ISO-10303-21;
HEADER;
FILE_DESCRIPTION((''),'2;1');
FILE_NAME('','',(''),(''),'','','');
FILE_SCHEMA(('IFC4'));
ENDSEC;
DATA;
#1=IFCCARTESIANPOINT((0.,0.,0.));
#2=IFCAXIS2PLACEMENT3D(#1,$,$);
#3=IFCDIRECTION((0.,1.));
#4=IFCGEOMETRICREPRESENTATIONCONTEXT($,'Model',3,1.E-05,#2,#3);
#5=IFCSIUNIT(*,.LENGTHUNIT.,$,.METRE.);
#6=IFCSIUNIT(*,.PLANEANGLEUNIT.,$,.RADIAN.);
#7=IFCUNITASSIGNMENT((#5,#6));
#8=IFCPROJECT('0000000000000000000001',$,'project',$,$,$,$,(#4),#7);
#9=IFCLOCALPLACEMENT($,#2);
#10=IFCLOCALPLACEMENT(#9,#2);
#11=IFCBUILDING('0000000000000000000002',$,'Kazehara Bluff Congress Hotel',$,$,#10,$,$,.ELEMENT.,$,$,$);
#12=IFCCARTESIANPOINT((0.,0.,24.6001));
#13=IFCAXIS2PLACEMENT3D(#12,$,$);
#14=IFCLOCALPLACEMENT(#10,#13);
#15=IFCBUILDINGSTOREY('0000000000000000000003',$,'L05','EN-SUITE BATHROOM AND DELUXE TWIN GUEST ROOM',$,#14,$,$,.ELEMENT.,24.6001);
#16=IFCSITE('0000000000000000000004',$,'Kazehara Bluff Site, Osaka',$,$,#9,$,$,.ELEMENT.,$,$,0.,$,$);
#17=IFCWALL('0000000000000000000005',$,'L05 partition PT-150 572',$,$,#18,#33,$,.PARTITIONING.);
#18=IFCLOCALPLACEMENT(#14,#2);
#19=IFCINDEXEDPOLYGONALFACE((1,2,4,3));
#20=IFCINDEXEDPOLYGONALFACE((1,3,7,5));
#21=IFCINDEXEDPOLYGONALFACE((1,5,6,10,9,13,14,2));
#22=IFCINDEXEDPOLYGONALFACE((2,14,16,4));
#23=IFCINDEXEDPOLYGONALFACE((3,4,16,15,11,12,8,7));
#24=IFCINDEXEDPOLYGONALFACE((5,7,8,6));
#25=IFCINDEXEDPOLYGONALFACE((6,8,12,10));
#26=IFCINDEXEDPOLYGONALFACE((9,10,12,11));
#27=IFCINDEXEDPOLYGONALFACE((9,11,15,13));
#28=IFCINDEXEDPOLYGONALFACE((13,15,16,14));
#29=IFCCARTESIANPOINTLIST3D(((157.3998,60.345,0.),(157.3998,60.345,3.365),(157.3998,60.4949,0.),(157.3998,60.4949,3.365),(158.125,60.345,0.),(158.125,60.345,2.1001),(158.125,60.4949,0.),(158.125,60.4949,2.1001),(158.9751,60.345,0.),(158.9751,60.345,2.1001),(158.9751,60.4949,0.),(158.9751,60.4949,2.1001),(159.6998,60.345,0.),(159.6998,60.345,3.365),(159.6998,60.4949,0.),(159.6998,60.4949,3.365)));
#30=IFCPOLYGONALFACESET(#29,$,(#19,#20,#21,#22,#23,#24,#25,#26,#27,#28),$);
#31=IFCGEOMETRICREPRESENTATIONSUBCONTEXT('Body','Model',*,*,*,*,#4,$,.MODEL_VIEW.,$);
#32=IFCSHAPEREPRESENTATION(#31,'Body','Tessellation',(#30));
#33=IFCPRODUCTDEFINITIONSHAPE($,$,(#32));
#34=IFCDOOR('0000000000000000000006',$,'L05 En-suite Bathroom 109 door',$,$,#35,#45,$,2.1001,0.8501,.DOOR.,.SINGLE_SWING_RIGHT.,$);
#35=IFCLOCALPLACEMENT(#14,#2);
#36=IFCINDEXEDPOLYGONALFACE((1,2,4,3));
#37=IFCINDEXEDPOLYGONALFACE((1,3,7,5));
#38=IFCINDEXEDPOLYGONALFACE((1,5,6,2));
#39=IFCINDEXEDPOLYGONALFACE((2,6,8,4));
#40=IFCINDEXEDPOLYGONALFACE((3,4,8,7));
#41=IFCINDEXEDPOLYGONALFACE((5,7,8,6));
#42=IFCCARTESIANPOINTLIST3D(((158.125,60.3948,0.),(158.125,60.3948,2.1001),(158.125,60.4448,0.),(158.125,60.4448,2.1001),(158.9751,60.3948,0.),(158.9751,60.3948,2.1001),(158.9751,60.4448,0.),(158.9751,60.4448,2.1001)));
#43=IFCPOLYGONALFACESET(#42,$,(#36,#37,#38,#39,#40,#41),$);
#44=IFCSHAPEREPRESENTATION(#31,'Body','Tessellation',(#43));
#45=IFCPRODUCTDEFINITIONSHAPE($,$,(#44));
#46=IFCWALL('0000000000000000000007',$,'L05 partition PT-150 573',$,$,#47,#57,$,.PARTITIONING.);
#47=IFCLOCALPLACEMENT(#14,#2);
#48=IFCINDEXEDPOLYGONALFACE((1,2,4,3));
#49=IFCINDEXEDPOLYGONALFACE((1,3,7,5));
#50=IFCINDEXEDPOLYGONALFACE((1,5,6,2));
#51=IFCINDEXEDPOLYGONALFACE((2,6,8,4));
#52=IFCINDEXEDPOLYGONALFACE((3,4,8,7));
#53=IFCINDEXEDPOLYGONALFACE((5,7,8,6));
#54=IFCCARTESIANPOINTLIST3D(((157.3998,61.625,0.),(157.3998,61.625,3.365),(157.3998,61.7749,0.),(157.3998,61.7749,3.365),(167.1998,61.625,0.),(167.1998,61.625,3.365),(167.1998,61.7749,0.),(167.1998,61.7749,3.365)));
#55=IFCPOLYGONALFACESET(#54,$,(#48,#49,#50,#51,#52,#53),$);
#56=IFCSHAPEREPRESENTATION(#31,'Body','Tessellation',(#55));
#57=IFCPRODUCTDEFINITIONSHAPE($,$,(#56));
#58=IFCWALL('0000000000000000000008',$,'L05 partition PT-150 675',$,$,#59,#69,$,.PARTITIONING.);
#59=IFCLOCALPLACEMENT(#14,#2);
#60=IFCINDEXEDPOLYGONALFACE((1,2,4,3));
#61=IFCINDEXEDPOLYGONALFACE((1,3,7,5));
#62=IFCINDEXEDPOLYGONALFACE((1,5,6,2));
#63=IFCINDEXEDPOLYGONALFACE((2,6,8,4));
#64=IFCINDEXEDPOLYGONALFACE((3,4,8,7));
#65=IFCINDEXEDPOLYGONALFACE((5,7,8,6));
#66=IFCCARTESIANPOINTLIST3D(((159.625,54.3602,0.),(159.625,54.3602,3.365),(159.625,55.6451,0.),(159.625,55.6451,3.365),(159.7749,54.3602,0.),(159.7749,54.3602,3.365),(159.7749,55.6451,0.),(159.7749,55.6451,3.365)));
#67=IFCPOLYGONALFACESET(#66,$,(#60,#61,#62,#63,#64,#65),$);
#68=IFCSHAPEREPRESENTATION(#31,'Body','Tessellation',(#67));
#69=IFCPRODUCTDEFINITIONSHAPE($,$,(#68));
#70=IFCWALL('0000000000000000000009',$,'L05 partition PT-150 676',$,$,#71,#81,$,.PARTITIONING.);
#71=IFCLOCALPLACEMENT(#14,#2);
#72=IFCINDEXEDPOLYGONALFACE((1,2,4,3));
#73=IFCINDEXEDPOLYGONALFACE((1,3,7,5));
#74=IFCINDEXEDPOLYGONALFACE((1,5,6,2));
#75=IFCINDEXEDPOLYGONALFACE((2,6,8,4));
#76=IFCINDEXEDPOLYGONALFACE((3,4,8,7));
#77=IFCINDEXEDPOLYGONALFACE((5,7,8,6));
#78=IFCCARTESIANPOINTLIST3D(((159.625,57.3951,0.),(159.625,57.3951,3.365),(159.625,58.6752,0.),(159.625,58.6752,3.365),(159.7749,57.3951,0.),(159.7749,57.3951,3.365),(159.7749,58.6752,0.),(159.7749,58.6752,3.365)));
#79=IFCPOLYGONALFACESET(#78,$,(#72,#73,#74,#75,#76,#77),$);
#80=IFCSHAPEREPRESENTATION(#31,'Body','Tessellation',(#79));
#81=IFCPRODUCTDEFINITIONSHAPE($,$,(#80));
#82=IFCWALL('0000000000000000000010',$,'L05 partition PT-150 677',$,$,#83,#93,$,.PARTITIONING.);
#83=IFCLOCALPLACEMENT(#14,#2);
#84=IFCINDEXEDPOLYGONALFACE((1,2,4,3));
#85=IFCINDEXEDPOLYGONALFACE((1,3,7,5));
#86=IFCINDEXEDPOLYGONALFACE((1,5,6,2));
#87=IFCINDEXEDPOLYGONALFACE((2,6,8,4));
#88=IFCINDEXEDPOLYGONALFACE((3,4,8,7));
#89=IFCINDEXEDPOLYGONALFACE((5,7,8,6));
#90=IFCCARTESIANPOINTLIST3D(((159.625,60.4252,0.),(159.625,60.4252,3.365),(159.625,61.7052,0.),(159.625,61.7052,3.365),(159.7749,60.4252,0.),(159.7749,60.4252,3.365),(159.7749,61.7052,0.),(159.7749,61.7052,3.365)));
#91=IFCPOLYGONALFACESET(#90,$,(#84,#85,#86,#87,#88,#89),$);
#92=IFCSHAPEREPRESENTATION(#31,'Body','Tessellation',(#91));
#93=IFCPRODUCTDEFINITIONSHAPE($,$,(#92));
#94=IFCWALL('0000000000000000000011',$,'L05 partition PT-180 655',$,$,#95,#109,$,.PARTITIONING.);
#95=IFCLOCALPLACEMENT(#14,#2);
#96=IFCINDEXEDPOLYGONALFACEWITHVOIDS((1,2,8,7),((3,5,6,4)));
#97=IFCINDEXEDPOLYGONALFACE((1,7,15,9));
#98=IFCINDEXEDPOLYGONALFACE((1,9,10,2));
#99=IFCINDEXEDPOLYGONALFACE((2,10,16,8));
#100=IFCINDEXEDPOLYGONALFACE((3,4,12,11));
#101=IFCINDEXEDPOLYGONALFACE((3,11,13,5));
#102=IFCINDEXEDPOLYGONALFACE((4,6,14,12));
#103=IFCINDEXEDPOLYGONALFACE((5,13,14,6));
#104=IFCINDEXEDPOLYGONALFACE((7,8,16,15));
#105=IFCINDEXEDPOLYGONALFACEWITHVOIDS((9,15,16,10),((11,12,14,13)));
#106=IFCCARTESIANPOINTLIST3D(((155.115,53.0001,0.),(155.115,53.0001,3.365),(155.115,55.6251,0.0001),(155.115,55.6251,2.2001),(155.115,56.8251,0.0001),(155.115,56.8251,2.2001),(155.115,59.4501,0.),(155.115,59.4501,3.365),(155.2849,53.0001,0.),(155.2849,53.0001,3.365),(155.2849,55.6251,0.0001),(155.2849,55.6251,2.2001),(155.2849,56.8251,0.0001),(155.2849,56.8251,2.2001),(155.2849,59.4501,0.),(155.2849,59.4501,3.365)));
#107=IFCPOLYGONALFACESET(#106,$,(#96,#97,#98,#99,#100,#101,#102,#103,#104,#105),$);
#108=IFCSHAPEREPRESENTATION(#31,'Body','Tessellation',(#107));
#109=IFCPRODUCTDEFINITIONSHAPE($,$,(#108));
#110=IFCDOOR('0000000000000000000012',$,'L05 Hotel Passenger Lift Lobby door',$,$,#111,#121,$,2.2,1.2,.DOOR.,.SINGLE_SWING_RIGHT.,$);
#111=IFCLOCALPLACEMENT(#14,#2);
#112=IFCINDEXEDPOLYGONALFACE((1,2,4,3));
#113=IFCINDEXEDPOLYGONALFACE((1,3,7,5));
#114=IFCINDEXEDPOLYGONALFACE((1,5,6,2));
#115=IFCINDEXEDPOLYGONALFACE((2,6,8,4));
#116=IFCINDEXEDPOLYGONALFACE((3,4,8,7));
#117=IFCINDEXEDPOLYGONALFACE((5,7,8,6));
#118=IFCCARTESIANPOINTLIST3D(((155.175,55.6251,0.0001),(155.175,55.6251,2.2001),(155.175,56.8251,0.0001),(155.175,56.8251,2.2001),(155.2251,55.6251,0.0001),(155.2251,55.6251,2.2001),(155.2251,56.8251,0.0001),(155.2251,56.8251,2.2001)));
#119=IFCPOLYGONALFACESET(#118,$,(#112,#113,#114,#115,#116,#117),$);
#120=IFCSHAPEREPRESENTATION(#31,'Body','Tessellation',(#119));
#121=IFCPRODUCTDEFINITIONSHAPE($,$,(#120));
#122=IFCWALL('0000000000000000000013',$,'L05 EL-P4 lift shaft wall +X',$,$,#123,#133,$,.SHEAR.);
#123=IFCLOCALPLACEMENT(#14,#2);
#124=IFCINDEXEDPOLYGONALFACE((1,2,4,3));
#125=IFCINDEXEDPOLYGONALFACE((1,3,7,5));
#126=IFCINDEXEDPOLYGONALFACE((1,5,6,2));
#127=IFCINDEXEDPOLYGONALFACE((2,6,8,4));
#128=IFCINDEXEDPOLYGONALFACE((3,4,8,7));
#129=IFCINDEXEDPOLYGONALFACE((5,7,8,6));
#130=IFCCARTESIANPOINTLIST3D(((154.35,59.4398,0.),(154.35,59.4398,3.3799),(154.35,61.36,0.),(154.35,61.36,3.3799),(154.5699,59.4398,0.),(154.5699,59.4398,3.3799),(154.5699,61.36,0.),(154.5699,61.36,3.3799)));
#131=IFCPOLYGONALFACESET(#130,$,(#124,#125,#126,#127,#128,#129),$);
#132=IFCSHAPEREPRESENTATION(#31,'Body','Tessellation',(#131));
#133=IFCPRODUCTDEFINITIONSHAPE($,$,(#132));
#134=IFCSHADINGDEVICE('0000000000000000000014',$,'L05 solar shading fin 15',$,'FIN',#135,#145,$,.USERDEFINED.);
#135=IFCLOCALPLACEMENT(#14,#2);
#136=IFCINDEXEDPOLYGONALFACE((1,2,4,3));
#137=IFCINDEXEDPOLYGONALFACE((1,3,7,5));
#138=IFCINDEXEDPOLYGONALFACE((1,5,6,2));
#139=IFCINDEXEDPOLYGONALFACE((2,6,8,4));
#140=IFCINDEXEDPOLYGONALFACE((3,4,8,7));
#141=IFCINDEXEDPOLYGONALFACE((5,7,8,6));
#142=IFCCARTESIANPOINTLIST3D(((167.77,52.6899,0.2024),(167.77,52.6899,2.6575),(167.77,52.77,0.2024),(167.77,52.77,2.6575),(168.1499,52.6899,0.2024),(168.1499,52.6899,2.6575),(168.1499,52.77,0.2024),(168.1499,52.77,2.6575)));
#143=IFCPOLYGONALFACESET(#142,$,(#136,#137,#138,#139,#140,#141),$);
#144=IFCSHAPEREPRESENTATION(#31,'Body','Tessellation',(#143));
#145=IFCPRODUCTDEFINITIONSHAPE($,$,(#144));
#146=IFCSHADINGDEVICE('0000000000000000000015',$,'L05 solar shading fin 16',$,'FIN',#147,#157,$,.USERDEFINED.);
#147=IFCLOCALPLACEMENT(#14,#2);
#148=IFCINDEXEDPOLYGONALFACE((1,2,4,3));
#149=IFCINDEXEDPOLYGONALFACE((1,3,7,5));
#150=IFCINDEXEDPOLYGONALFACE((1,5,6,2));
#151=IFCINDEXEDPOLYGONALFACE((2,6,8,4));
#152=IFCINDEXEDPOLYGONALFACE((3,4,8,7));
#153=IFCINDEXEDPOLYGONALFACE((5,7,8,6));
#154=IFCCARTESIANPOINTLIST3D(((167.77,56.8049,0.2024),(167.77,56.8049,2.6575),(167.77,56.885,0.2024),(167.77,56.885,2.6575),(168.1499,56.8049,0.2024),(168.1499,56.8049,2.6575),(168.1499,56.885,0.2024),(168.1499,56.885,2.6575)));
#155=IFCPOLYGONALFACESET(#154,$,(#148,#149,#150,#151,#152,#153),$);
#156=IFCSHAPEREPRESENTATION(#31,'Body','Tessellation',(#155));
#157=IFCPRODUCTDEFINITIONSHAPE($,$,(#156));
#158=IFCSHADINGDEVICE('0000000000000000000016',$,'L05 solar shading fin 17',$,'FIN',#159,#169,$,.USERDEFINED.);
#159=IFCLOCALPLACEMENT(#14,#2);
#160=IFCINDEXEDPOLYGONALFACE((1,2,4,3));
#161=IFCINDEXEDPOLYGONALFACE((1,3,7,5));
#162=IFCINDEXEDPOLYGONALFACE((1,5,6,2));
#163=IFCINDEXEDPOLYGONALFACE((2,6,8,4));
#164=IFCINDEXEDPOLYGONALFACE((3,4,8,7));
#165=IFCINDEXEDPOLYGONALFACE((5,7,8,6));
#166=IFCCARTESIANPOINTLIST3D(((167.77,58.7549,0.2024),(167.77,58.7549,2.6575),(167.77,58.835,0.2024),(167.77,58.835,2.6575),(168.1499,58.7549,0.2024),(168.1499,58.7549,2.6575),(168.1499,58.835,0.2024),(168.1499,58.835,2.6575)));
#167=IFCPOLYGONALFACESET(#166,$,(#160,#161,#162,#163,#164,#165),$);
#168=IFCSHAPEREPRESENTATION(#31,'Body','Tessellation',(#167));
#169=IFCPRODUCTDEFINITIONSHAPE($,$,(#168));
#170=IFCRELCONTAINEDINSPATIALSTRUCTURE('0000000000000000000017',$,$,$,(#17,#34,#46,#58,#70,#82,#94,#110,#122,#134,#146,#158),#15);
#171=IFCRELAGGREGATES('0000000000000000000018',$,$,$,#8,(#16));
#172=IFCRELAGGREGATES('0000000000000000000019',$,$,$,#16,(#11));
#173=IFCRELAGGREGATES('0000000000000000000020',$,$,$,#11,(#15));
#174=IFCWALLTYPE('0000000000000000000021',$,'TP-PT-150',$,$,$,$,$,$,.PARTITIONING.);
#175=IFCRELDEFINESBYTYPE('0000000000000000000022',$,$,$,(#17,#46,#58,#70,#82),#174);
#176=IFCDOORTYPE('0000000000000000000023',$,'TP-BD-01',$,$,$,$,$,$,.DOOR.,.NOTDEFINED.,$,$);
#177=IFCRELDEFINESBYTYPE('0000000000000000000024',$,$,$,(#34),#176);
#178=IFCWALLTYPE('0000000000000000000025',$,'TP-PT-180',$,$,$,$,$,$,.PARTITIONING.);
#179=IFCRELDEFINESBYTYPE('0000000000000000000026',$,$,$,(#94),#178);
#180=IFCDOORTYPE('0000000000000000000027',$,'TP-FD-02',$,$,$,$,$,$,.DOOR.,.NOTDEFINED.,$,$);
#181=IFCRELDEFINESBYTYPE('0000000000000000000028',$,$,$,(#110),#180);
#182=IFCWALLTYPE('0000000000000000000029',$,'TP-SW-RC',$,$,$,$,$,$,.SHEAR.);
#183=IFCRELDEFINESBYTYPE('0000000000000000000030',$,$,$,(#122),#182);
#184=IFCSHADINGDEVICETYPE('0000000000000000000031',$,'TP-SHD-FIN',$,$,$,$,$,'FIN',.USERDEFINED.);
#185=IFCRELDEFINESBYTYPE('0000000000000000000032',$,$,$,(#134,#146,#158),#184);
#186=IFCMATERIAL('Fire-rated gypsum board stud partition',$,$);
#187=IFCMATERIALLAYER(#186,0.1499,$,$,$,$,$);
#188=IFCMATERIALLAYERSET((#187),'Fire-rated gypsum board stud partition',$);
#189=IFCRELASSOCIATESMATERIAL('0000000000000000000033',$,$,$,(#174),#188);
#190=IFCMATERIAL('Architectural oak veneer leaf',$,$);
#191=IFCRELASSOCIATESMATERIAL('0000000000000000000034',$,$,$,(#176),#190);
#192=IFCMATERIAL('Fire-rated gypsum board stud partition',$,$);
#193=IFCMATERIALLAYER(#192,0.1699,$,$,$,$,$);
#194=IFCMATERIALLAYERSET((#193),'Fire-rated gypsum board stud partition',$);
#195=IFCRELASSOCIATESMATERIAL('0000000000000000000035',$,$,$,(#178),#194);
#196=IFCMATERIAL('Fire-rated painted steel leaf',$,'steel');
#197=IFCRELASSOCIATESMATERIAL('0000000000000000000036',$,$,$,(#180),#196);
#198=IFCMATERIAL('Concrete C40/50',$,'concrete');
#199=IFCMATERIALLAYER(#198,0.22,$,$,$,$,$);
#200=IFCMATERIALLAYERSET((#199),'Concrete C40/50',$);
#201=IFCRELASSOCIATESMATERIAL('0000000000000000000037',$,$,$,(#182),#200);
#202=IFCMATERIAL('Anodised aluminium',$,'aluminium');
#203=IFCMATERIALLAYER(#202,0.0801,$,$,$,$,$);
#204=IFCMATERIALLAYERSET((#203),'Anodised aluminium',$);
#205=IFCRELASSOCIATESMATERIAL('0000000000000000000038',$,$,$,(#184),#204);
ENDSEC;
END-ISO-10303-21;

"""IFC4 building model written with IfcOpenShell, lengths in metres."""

from ifc_helpers import new_model, si_unit, direction, frame, frame_2d, origin, origin_2d, place, context, subcontext, project, spatial, rectangle, extrude, material, layer, layer_set, type_object, element, fill, save


model = new_model("IFC4")

# Units and contexts
model_context = context("Model", 3, precision=1e-05, world=origin(), true_north=direction((0.0, 1.0)))
body_context = subcontext(model_context, "Body", "Model", "MODEL_VIEW")
ifc_project = project(units=[si_unit("LENGTHUNIT", "METRE"), si_unit("PLANEANGLEUNIT", "RADIAN")], contexts=[model_context])

# Site, building, storey
site_placement = place(None, origin())
site = spatial("IfcSite", under=ifc_project, at=site_placement, Name="Kazehara Bluff Site, Osaka", CompositionType="ELEMENT", RefElevation=0.0)
building_placement = place(site_placement, origin())
building = spatial("IfcBuilding", under=site, at=building_placement, Name="Kazehara Bluff Congress Hotel", CompositionType="ELEMENT")
storey_placement = place(building_placement, frame((0.0, 0.0, 24.6001)))
storey = spatial("IfcBuildingStorey", under=building, at=storey_placement, Name="L05", Description="EN-SUITE BATHROOM AND DELUXE TWIN GUEST ROOM", CompositionType="ELEMENT", Elevation=24.6001)

# Shared definitions
ifc_material_1 = material(Name="Fire-rated gypsum board stud partition")
ifc_layer_1 = layer(ifc_material_1, 0.1499)
ifc_layer_set_1 = layer_set([ifc_layer_1], Name="Fire-rated gypsum board stud partition")
wall_type_1 = type_object("IfcWallType", Name="TP-PT-150", PredefinedType="PARTITIONING", material=ifc_layer_set_1)

# Shared definitions
ifc_material_2 = material(Name="Architectural oak veneer leaf")
door_type_1 = type_object("IfcDoorType", Name="TP-BD-01", OperationType="NOTDEFINED", PredefinedType="DOOR", material=ifc_material_2)

# Wall, opening, door
wall_1_placement = place(storey_placement, frame((157.3999, 60.4199, 0.0), z_axis=(0.0, 0.0, 1.0), x_axis=(1.0, 0.0, 0.0)))
wall_1 = element("IfcWall", 1, at=wall_1_placement, inside=storey, type_object=wall_type_1, Name="L05 partition PT-150 572", PredefinedType="PARTITIONING", context=body_context, shape_type="SweptSolid", body=[
    extrude(rectangle(XDim=2.3, YDim=0.1499, at=frame_2d((1.1499, 0.0))), origin(), (0.0, 0.0, 1.0), 3.365),
])
opening_1_placement = place(wall_1_placement, frame((0.7251, 0.0, 0.0)))
opening_1 = element("IfcOpeningElement", 2, at=opening_1_placement, cuts=wall_1, PredefinedType="OPENING", context=body_context, shape_type="SweptSolid", body=[
    extrude(rectangle(XDim=0.8501, YDim=2.1001, at=frame_2d((0.425, 1.05))), frame((0.0, 0.085, 0.0), z_axis=(0.0, -1.0, 0.0), x_axis=(1.0, 0.0, 0.0)), (0.0, 0.0, 1.0), 0.1699),
])
door_1_placement = place(opening_1_placement, origin())
door_1 = element("IfcDoor", 3, at=door_1_placement, inside=storey, type_object=door_type_1, Name="L05 En-suite Bathroom 109 door", OperationType="SINGLE_SWING_RIGHT", OverallHeight=2.1001, OverallWidth=0.8501, PredefinedType="DOOR", context=body_context, shape_type="SweptSolid", body=[
    extrude(rectangle(XDim=0.8501, YDim=2.1001, at=frame_2d((0.425, 1.05))), frame((0.0, 0.0249, 0.0), z_axis=(0.0, -1.0, 0.0), x_axis=(1.0, 0.0, 0.0)), (0.0, 0.0, 1.0), 0.05),
])
fill(opening_1, door_1)

# Walls
wall_2_placement = place(storey_placement, frame((157.3999, 61.7, 0.0), z_axis=(0.0, 0.0, 1.0), x_axis=(1.0, 0.0, 0.0)))
element("IfcWall", 4, at=wall_2_placement, inside=storey, type_object=wall_type_1, Name="L05 partition PT-150 573", PredefinedType="PARTITIONING", context=body_context, shape_type="SweptSolid", body=[
    extrude(rectangle(XDim=9.8, YDim=0.1499, at=frame_2d((4.8999, 0.0))), origin(), (0.0, 0.0, 1.0), 3.365),
])
wall_3_placement = place(storey_placement, frame((159.7, 54.3601, 0.0), z_axis=(0.0, 0.0, 1.0), x_axis=(0.0, 1.0, 0.0)))
element("IfcWall", 5, at=wall_3_placement, inside=storey, type_object=wall_type_1, Name="L05 partition PT-150 675", PredefinedType="PARTITIONING", context=body_context, shape_type="SweptSolid", body=[
    extrude(rectangle(XDim=1.2849, YDim=0.1499, at=frame_2d((0.6426, 0.0))), origin(), (0.0, 0.0, 1.0), 3.365),
])
for number, where, z_axis, x_axis, name in (
    (6, (159.7, 57.395, 0.0), (0.0, 0.0, 1.0), (0.0, 1.0, 0.0), "L05 partition PT-150 676"),
    (7, (159.7, 60.425, 0.0), (0.0, 0.0, 1.0), (0.0, 1.0, 0.0), "L05 partition PT-150 677"),
):
    element("IfcWall", number, at=place(storey_placement, frame(where, z_axis=z_axis, x_axis=x_axis)), inside=storey, type_object=wall_type_1, Name=name, PredefinedType="PARTITIONING", context=body_context, shape_type="SweptSolid", body=[
        extrude(rectangle(XDim=1.28, YDim=0.1499, at=frame_2d((0.6401, 0.0))), origin(), (0.0, 0.0, 1.0), 3.365),
    ])

# Wall, opening, door
ifc_material_3 = material(Name="Fire-rated gypsum board stud partition")
ifc_layer_2 = layer(ifc_material_3, 0.1699)
ifc_layer_set_2 = layer_set([ifc_layer_2], Name="Fire-rated gypsum board stud partition")
wall_type_2 = type_object("IfcWallType", Name="TP-PT-180", PredefinedType="PARTITIONING", material=ifc_layer_set_2)
wall_4_placement = place(storey_placement, frame((155.2, 53.0, 0.0), z_axis=(0.0, 0.0, 1.0), x_axis=(0.0, 1.0, 0.0)))
wall_4 = element("IfcWall", 8, at=wall_4_placement, inside=storey, type_object=wall_type_2, Name="L05 partition PT-180 655", PredefinedType="PARTITIONING", context=body_context, shape_type="SweptSolid", body=[
    extrude(rectangle(XDim=6.45, YDim=0.1699, at=frame_2d((3.2251, 0.0))), origin(), (0.0, 0.0, 1.0), 3.365),
])
opening_2_placement = place(wall_4_placement, frame((2.625, 0.0, 0.0)))
opening_2 = element("IfcOpeningElement", 9, at=opening_2_placement, cuts=wall_4, PredefinedType="OPENING", context=body_context, shape_type="SweptSolid", body=[
    extrude(rectangle(XDim=1.2, YDim=2.2, at=frame_2d((0.6001, 1.1001))), frame((0.0, 0.095, 0.0), z_axis=(0.0, -1.0, 0.0), x_axis=(1.0, 0.0, 0.0)), (0.0, 0.0, 1.0), 0.1899),
])
ifc_material_4 = material(Name="Fire-rated painted steel leaf", Category="steel")
door_type_2 = type_object("IfcDoorType", Name="TP-FD-02", OperationType="NOTDEFINED", PredefinedType="DOOR", material=ifc_material_4)
door_2_placement = place(opening_2_placement, origin())
door_2 = element("IfcDoor", 10, at=door_2_placement, inside=storey, type_object=door_type_2, Name="L05 Hotel Passenger Lift Lobby door", OperationType="SINGLE_SWING_RIGHT", OverallHeight=2.2, OverallWidth=1.2, PredefinedType="DOOR", context=body_context, shape_type="SweptSolid", body=[
    extrude(rectangle(XDim=1.2, YDim=2.2, at=frame_2d((0.6001, 1.1001))), frame((0.0, 0.0249, 0.0), z_axis=(0.0, -1.0, 0.0), x_axis=(1.0, 0.0, 0.0)), (0.0, 0.0, 1.0), 0.05),
])
fill(opening_2, door_2)

# Wall
ifc_material_5 = material(Name="Concrete C40/50", Category="concrete")
ifc_layer_3 = layer(ifc_material_5, 0.22)
ifc_layer_set_3 = layer_set([ifc_layer_3], Name="Concrete C40/50")
wall_type_3 = type_object("IfcWallType", Name="TP-SW-RC", PredefinedType="SHEAR", material=ifc_layer_set_3)
wall_5_placement = place(storey_placement, frame((154.46, 59.4399, 0.0), z_axis=(0.0, 0.0, 1.0), x_axis=(0.0, 1.0, 0.0)))
element("IfcWall", 11, at=wall_5_placement, inside=storey, type_object=wall_type_3, Name="L05 EL-P4 lift shaft wall +X", PredefinedType="SHEAR", context=body_context, shape_type="SweptSolid", body=[
    extrude(rectangle(XDim=1.9202, YDim=0.22, at=frame_2d((0.96, 0.0))), origin(), (0.0, 0.0, 1.0), 3.3799),
])

# Shading devices
ifc_material_6 = material(Name="Anodised aluminium", Category="aluminium")
ifc_layer_4 = layer(ifc_material_6, 0.0801)
ifc_layer_set_4 = layer_set([ifc_layer_4], Name="Anodised aluminium")
shading_device_type = type_object("IfcShadingDeviceType", Name="TP-SHD-FIN", ElementType="FIN", PredefinedType="USERDEFINED", material=ifc_layer_set_4)
for number, where, z_axis, x_axis, name in (
    (12, (167.96, 52.73, 0.2024), (0.0, 0.0, 1.0), (1.0, 0.0, 0.0), "L05 solar shading fin 15"),
    (13, (167.96, 56.845, 0.2024), (0.0, 0.0, 1.0), (1.0, 0.0, 0.0), "L05 solar shading fin 16"),
    (14, (167.96, 58.7949, 0.2024), (0.0, 0.0, 1.0), (1.0, 0.0, 0.0), "L05 solar shading fin 17"),
):
    element("IfcShadingDevice", number, at=place(storey_placement, frame(where, z_axis=z_axis, x_axis=x_axis)), inside=storey, type_object=shading_device_type, Name=name, ObjectType="FIN", PredefinedType="USERDEFINED", context=body_context, shape_type="SweptSolid", body=[
        extrude(rectangle(XDim=0.3799, YDim=0.0801, at=origin_2d()), origin(), (0.0, 0.0, 1.0), 2.4551),
    ])

save(model, "model.ifc")
